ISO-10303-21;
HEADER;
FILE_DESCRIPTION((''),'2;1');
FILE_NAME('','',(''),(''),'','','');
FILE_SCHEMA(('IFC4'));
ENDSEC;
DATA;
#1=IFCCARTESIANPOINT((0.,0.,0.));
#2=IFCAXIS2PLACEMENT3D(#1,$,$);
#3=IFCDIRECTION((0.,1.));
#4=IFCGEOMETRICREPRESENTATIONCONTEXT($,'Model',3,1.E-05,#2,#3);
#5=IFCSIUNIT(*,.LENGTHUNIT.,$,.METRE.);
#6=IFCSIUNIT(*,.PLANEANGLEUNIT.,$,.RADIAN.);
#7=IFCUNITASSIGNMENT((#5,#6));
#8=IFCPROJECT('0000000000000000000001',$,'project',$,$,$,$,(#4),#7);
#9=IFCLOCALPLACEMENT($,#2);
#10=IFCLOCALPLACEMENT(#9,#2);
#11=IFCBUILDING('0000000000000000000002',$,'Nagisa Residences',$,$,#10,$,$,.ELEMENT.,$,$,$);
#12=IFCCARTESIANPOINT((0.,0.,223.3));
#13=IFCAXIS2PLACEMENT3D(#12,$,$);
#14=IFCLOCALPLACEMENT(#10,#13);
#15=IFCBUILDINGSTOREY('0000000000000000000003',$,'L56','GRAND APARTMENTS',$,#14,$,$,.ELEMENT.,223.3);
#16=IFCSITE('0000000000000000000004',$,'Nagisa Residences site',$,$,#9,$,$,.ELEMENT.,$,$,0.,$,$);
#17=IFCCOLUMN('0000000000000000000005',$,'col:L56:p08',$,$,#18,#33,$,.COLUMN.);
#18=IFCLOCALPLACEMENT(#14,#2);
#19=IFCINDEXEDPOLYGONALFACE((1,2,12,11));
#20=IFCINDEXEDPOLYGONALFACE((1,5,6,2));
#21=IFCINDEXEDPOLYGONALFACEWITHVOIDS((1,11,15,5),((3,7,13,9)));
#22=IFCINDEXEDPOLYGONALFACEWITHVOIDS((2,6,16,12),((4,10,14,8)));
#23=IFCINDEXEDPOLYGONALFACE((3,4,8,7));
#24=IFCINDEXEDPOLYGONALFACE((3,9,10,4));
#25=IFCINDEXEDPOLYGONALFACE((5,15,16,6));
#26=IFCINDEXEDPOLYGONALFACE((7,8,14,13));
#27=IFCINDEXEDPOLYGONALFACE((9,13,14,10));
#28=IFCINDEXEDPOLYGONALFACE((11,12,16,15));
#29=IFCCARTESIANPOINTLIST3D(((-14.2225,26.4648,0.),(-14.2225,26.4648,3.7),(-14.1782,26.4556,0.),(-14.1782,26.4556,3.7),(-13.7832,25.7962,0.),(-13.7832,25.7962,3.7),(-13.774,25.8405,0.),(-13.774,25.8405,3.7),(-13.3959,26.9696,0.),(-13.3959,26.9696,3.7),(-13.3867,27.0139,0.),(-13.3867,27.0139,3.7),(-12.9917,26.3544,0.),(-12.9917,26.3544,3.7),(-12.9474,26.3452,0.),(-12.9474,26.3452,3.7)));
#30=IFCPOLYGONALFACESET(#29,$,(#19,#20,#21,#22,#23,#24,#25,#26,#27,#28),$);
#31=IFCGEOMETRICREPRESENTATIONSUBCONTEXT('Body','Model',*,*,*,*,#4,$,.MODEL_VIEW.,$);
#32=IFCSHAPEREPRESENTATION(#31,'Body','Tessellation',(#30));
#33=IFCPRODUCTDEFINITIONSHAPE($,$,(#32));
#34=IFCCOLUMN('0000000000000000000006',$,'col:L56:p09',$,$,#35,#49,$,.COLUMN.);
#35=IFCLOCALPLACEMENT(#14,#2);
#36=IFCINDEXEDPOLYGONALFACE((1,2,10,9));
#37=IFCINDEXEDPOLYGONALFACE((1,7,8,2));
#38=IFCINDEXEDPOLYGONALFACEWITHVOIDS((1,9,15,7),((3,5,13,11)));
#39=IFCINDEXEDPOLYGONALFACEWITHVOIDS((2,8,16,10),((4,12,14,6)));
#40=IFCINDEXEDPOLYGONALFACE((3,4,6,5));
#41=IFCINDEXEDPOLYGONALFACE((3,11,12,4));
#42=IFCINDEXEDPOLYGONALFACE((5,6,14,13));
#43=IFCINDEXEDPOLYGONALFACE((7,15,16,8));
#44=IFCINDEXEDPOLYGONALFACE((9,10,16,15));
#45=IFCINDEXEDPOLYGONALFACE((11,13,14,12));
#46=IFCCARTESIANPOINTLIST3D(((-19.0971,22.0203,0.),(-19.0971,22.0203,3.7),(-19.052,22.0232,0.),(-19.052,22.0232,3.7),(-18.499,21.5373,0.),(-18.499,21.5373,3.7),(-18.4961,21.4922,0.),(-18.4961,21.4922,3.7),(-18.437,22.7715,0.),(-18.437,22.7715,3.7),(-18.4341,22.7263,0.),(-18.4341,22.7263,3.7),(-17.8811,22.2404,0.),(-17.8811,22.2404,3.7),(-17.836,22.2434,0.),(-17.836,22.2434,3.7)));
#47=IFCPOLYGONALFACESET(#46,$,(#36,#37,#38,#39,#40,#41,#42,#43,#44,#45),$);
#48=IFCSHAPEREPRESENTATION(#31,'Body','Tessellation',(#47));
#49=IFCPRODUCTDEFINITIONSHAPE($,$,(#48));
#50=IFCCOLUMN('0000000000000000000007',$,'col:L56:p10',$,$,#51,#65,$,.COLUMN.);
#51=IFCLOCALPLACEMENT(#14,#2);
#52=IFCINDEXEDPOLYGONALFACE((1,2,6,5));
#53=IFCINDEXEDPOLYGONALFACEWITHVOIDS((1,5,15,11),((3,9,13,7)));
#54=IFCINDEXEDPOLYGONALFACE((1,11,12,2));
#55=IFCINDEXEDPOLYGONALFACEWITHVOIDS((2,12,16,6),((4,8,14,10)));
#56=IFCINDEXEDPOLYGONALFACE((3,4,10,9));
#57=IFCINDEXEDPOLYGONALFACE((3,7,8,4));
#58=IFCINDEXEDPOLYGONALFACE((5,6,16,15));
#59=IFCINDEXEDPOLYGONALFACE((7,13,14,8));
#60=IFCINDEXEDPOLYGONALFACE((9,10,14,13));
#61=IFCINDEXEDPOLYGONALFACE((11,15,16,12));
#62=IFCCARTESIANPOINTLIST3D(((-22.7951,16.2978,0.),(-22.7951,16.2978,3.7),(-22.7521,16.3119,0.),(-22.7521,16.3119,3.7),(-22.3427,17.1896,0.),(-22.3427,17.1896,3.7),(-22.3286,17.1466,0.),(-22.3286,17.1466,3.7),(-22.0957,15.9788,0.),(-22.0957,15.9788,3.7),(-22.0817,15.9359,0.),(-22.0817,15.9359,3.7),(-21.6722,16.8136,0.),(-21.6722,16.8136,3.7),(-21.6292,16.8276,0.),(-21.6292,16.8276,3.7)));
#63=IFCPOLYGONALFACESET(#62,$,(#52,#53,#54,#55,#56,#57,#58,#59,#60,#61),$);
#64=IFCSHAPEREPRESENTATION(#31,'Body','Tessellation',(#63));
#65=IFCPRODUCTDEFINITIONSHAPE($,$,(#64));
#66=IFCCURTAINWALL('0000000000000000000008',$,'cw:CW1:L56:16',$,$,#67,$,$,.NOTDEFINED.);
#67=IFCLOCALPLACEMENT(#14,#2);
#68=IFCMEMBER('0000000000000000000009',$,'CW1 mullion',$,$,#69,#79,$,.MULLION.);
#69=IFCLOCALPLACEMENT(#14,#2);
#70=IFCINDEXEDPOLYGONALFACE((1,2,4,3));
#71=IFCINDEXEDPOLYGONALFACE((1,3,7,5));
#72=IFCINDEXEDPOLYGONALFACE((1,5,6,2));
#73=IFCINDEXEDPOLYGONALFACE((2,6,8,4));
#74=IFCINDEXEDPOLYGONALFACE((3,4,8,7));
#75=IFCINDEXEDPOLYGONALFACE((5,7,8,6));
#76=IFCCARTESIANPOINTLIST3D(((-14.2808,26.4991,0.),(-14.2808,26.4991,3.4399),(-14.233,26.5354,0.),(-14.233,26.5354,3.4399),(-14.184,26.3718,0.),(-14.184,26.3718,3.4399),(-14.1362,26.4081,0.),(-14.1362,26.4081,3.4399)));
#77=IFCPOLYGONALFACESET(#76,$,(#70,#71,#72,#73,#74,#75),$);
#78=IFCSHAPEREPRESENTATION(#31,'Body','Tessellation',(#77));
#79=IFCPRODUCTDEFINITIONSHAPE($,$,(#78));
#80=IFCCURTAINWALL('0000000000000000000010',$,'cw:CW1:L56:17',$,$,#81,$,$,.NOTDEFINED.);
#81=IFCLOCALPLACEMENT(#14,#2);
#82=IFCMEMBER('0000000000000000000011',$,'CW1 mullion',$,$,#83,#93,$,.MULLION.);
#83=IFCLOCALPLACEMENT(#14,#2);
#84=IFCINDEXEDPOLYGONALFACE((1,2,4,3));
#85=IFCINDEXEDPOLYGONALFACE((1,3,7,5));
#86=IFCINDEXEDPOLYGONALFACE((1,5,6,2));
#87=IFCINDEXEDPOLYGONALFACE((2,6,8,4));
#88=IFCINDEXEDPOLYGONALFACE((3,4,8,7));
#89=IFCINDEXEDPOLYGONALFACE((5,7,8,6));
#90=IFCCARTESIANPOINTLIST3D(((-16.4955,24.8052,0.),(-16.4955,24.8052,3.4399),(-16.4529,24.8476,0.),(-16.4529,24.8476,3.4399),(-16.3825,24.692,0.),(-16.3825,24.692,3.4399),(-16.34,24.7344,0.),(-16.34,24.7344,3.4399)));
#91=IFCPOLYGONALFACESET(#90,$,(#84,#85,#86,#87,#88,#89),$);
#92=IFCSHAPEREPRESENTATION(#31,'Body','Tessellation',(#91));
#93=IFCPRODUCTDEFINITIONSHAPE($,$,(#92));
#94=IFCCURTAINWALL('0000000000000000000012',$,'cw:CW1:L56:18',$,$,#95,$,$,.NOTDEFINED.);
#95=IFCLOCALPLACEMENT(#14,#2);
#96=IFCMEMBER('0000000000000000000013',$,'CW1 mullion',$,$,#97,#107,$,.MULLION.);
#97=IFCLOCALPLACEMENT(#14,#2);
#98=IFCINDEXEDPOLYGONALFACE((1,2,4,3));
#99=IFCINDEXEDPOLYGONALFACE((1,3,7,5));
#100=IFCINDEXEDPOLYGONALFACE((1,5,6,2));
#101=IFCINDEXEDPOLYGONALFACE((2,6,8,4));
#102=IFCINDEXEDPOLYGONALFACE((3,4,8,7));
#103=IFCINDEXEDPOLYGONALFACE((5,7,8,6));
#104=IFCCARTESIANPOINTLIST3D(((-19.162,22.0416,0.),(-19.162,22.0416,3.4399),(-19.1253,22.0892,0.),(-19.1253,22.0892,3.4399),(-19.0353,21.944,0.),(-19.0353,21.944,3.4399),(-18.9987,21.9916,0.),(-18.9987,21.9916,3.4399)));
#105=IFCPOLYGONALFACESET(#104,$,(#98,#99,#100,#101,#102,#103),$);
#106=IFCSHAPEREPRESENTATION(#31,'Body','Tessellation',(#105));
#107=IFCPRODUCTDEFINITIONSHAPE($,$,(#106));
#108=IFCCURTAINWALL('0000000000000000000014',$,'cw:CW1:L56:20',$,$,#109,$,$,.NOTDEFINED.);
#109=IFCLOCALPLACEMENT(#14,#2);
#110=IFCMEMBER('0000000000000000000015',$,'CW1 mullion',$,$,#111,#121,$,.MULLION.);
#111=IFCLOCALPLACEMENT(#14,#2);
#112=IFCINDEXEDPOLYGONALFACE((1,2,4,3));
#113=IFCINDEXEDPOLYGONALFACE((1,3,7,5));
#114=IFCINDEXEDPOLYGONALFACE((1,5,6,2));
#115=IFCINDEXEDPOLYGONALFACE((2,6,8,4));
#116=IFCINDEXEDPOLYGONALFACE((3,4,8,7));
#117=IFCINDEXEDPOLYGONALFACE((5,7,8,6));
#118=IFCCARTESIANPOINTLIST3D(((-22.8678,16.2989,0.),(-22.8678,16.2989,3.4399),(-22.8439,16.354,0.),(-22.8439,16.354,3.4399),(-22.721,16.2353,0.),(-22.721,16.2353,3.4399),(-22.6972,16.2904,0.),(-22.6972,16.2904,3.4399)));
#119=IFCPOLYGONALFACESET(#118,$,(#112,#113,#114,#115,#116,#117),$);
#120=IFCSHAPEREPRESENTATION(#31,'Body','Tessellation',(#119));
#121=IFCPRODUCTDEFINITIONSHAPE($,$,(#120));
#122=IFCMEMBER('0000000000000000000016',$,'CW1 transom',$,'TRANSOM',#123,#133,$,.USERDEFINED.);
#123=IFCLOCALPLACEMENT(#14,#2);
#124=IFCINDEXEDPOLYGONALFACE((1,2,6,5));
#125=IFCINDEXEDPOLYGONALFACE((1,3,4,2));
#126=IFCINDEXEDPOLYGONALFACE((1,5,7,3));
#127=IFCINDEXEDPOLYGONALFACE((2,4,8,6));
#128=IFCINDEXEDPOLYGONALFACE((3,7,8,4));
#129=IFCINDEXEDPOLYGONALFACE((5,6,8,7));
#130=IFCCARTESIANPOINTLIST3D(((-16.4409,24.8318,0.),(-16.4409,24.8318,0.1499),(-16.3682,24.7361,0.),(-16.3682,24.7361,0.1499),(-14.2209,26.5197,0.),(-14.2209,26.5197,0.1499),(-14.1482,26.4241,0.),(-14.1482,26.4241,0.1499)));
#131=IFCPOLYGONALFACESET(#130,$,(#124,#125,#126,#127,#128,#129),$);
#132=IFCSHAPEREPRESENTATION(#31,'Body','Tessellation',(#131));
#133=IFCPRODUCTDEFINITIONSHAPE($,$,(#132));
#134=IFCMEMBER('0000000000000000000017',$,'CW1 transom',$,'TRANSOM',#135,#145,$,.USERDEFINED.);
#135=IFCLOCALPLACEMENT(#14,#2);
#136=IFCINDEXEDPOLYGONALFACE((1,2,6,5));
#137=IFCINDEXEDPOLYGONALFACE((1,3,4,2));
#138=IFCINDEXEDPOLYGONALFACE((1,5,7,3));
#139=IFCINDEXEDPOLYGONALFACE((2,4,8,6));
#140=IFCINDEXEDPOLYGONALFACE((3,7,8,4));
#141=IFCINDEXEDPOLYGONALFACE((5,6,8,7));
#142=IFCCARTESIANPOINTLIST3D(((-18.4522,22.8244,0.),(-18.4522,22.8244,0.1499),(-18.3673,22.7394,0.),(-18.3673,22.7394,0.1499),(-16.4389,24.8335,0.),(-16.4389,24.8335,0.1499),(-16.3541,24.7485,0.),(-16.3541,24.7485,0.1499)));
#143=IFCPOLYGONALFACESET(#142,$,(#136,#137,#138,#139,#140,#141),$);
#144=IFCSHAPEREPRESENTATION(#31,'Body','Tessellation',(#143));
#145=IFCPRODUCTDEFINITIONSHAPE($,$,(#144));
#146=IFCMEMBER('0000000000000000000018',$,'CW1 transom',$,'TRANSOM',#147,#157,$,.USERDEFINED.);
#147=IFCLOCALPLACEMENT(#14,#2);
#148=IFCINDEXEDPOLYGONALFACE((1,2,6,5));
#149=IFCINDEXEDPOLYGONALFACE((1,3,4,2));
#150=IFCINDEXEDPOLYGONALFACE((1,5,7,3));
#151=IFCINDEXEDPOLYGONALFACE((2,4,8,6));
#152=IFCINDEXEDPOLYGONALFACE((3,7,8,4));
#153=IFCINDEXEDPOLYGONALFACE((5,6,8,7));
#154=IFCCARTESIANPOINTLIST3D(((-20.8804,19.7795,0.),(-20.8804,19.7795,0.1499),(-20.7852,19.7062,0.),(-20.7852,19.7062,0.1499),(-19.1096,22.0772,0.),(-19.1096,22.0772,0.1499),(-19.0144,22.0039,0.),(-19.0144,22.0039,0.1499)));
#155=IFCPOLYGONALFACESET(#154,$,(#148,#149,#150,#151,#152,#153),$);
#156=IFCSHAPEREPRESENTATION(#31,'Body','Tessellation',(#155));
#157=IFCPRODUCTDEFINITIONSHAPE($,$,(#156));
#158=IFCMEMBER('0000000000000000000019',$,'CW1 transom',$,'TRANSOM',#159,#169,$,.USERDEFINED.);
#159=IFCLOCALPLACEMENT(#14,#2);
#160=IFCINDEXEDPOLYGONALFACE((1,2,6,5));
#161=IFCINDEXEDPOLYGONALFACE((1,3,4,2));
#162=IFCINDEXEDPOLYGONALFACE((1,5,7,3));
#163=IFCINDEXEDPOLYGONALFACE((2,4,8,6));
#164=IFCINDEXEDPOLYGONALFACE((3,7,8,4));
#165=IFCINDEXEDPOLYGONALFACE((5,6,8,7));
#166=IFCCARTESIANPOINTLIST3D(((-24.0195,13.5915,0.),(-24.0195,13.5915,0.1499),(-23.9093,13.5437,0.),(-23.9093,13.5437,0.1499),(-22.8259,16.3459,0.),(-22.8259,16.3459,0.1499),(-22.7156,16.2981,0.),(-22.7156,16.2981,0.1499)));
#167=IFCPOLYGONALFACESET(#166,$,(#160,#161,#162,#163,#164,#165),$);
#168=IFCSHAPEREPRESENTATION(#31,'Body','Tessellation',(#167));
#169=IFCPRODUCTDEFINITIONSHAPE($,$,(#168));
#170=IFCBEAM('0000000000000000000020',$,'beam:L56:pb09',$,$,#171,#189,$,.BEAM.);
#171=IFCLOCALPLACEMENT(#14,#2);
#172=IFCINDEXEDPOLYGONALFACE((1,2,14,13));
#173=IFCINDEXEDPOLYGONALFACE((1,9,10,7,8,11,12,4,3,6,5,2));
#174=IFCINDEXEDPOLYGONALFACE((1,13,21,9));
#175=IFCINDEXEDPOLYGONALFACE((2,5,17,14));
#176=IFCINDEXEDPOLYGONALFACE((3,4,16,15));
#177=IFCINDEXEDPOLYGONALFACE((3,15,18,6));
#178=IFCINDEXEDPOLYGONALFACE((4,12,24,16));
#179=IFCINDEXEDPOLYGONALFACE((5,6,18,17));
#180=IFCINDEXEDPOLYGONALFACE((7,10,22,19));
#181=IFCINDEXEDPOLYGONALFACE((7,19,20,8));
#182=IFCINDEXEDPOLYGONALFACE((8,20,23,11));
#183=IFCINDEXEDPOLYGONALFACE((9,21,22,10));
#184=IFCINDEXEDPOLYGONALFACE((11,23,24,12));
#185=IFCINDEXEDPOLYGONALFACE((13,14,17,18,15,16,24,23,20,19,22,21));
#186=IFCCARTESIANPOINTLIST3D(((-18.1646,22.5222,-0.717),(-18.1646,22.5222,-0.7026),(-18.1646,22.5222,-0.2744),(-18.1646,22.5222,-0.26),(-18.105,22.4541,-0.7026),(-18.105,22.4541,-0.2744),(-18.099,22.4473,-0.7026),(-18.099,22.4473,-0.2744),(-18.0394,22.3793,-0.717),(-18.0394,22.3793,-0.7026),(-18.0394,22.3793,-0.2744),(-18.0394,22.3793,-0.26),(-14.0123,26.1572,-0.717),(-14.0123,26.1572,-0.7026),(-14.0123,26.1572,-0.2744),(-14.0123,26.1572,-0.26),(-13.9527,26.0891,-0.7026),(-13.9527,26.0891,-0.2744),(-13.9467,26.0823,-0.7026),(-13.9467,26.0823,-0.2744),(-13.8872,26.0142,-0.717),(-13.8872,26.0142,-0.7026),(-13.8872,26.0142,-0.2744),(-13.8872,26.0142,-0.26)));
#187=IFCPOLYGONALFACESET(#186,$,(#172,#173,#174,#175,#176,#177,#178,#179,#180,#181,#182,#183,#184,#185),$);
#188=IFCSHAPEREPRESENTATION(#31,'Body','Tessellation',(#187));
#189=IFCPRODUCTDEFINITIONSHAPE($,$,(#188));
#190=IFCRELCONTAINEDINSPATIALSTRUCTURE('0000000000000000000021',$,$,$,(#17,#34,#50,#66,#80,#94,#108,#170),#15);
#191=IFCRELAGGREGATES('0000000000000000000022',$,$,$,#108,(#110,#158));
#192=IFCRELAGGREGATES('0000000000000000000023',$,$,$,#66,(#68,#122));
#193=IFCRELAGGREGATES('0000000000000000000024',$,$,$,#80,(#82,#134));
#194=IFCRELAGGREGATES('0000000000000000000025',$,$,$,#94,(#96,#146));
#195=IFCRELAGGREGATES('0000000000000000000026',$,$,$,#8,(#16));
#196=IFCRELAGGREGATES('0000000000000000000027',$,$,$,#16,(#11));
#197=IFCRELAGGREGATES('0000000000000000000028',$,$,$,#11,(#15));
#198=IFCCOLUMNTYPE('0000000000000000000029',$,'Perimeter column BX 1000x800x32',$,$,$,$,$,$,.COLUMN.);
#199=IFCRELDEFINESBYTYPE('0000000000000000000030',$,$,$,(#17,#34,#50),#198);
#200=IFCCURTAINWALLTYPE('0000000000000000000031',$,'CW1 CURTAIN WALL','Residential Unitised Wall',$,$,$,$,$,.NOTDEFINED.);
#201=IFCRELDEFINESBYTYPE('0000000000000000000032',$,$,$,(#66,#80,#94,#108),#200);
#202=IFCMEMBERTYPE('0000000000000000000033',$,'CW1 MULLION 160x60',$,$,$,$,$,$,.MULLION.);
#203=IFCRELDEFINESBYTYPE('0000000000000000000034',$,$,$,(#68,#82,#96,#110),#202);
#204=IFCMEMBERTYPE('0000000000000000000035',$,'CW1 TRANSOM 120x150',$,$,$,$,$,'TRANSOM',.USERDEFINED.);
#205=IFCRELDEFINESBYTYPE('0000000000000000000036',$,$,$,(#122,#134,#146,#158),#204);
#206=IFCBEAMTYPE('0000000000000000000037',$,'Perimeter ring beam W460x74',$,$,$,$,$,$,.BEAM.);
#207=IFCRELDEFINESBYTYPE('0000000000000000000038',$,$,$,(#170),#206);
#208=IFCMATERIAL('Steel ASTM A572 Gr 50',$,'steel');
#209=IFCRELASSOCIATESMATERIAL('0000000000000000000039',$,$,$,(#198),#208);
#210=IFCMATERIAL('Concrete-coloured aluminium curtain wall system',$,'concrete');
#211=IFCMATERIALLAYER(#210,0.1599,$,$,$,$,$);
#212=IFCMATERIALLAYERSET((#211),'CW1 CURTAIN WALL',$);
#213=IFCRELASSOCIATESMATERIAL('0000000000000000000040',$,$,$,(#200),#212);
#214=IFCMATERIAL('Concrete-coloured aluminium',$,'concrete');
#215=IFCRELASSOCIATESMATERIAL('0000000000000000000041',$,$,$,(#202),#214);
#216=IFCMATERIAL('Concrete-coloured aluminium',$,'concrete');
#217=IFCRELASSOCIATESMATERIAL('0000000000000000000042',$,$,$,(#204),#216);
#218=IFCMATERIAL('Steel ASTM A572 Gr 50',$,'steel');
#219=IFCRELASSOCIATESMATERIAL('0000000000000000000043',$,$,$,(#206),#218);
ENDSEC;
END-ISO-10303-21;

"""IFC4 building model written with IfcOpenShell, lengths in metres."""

from ifc_helpers import new_model, si_unit, direction, frame, origin, origin_2d, place, context, subcontext, project, spatial, rectangle, hollow_rectangle, i_section, extrude, material, layer, layer_set, material_profile, profile_set, type_object, element, aggregate, save


model = new_model("IFC4")

# Units and contexts
model_context = context("Model", 3, precision=1e-05, world=origin(), true_north=direction((0.0, 1.0)))
body_context = subcontext(model_context, "Body", "Model", "MODEL_VIEW")
ifc_project = project(units=[si_unit("LENGTHUNIT", "METRE"), si_unit("PLANEANGLEUNIT", "RADIAN")], contexts=[model_context])

# Site, building, storey
site_placement = place(None, origin())
site = spatial("IfcSite", under=ifc_project, at=site_placement, Name="Nagisa Residences site", CompositionType="ELEMENT", RefElevation=0.0)
building_placement = place(site_placement, origin())
building = spatial("IfcBuilding", under=site, at=building_placement, Name="Nagisa Residences", CompositionType="ELEMENT")
storey_placement = place(building_placement, frame((0.0, 0.0, 223.3)))
storey = spatial("IfcBuildingStorey", under=building, at=storey_placement, Name="L56", Description="GRAND APARTMENTS", CompositionType="ELEMENT", Elevation=223.3)

# Columns
ifc_material_1 = material(Name="Steel ASTM A572 Gr 50", Category="steel")
ifc_material_profile_1 = material_profile(ifc_material_1, hollow_rectangle(XDim=1.0, YDim=0.8, WallThickness=0.032, at=origin_2d()), Name="BX 1000x800x32")
ifc_profile_set_1 = profile_set([ifc_material_profile_1], Name="Steel ASTM A572 Gr 50")
column_type = type_object("IfcColumnType", Name="Perimeter column BX 1000x800x32", PredefinedType="COLUMN", material=ifc_profile_set_1)
for number, where, z_axis, x_axis, name in (
    (1, (-13.585, 26.405, 0.0), (0.0, 0.0, 1.0), (-0.835766, -0.549086, 0.0), "col:L56:p08"),
    (2, (-18.4666, 22.1318, 0.0), (0.0, 0.0, 1.0), (-0.660115, -0.751165, 0.0), "col:L56:p09"),
    (3, (-22.2122, 16.5627, 0.0), (0.0, 0.0, 1.0), (-0.452463, -0.891783, 0.0), "col:L56:p10"),
):
    element("IfcColumn", number, at=place(storey_placement, frame(where, z_axis=z_axis, x_axis=x_axis)), inside=storey, type_object=column_type, Name=name, PredefinedType="COLUMN", context=body_context, shape_type="SweptSolid", body=[
        extrude(hollow_rectangle(XDim=1.0, YDim=0.8, WallThickness=0.032, at=origin_2d()), origin(), (0.0, 0.0, 1.0), 3.7),
    ])

# Curtain walls, members
ifc_material_2 = material(Name="Concrete-coloured aluminium curtain wall system", Category="concrete")
ifc_layer_1 = layer(ifc_material_2, 0.1599)
ifc_layer_set_1 = layer_set([ifc_layer_1], Name="CW1 CURTAIN WALL")
curtain_wall_type = type_object("IfcCurtainWallType", Name="CW1 CURTAIN WALL", Description="Residential Unitised Wall", PredefinedType="NOTDEFINED", material=ifc_layer_set_1)
curtain_wall_1_placement = place(storey_placement, origin())
curtain_wall_1 = element("IfcCurtainWall", 4, at=curtain_wall_1_placement, inside=storey, type_object=curtain_wall_type, Name="cw:CW1:L56:16", PredefinedType="NOTDEFINED")
ifc_material_3 = material(Name="Concrete-coloured aluminium", Category="concrete")
ifc_material_profile_2 = material_profile(ifc_material_3, rectangle(XDim=0.1599, YDim=0.0601, at=origin_2d()), Name="CW1 MULLION 160x60")
ifc_profile_set_2 = profile_set([ifc_material_profile_2], Name="Concrete-coloured aluminium")
member_type_1 = type_object("IfcMemberType", Name="CW1 MULLION 160x60", PredefinedType="MULLION", material=ifc_profile_set_2)
member_1_placement = place(storey_placement, frame((-14.2085, 26.4536, 0.0), z_axis=(0.0, 0.0, 1.0), x_axis=(0.605255, -0.796031, 0.0)))
member_1 = element("IfcMember", 5, at=member_1_placement, type_object=member_type_1, Name="CW1 mullion", PredefinedType="MULLION", context=body_context, shape_type="SweptSolid", body=[
    extrude(rectangle(XDim=0.1599, YDim=0.0601, at=origin_2d()), origin(), (0.0, 0.0, 1.0), 3.4399),
])
curtain_wall_2_placement = place(storey_placement, origin())
curtain_wall_2 = element("IfcCurtainWall", 6, at=curtain_wall_2_placement, inside=storey, type_object=curtain_wall_type, Name="cw:CW1:L56:17", PredefinedType="NOTDEFINED")
member_2_placement = place(storey_placement, frame((-16.4177, 24.7698, 0.0), z_axis=(0.0, 0.0, 1.0), x_axis=(0.706377, -0.707836, 0.0)))
member_2 = element("IfcMember", 7, at=member_2_placement, type_object=member_type_1, Name="CW1 mullion", PredefinedType="MULLION", context=body_context, shape_type="SweptSolid", body=[
    extrude(rectangle(XDim=0.1599, YDim=0.0601, at=origin_2d()), origin(), (0.0, 0.0, 1.0), 3.4399),
])
curtain_wall_3_placement = place(storey_placement, origin())
curtain_wall_3 = element("IfcCurtainWall", 8, at=curtain_wall_3_placement, inside=storey, type_object=curtain_wall_type, Name="cw:CW1:L56:18", PredefinedType="NOTDEFINED")
member_3_placement = place(storey_placement, frame((-19.0803, 22.0166, 0.0), z_axis=(0.0, 0.0, 1.0), x_axis=(0.79207, -0.61043, 0.0)))
member_3 = element("IfcMember", 9, at=member_3_placement, type_object=member_type_1, Name="CW1 mullion", PredefinedType="MULLION", context=body_context, shape_type="SweptSolid", body=[
    extrude(rectangle(XDim=0.1599, YDim=0.0601, at=origin_2d()), origin(), (0.0, 0.0, 1.0), 3.4399),
])
curtain_wall_4_placement = place(storey_placement, origin())
curtain_wall_4 = element("IfcCurtainWall", 10, at=curtain_wall_4_placement, inside=storey, type_object=curtain_wall_type, Name="cw:CW1:L56:20", PredefinedType="NOTDEFINED")
member_4_placement = place(storey_placement, frame((-22.7825, 16.2947, 0.0), z_axis=(0.0, 0.0, 1.0), x_axis=(0.917543, -0.397636, 0.0)))
member_4 = element("IfcMember", 11, at=member_4_placement, type_object=member_type_1, Name="CW1 mullion", PredefinedType="MULLION", context=body_context, shape_type="SweptSolid", body=[
    extrude(rectangle(XDim=0.1599, YDim=0.0601, at=origin_2d()), origin(), (0.0, 0.0, 1.0), 3.4399),
])

# Members
ifc_material_4 = material(Name="Concrete-coloured aluminium", Category="concrete")
ifc_material_profile_3 = material_profile(ifc_material_4, rectangle(XDim=0.1201, YDim=0.1499, at=origin_2d()), Name="CW1 TRANSOM 120x150")
ifc_profile_set_3 = profile_set([ifc_material_profile_3], Name="Concrete-coloured aluminium")
member_type_2 = type_object("IfcMemberType", Name="CW1 TRANSOM 120x150", ElementType="TRANSOM", PredefinedType="USERDEFINED", material=ifc_profile_set_3)
member_5_placement = place(storey_placement, frame((-14.1846, 26.4719, 0.075), z_axis=(-0.796022, -0.605267, 0.0), x_axis=(0.605267, -0.796022, 0.0)))
member_5 = element("IfcMember", 12, at=member_5_placement, type_object=member_type_2, Name="CW1 transom", ObjectType="TRANSOM", PredefinedType="USERDEFINED", context=body_context, shape_type="SweptSolid", body=[
    extrude(rectangle(XDim=0.1201, YDim=0.1499, at=origin_2d()), origin(), (0.0, 0.0, 1.0), 2.7888),
])
member_6_placement = place(storey_placement, frame((-16.3965, 24.791, 0.075), z_axis=(-0.707836, -0.706377, 0.0), x_axis=(0.706377, -0.707836, 0.0)))
member_6 = element("IfcMember", 13, at=member_6_placement, type_object=member_type_2, Name="CW1 transom", ObjectType="TRANSOM", PredefinedType="USERDEFINED", context=body_context, shape_type="SweptSolid", body=[
    extrude(rectangle(XDim=0.1201, YDim=0.1499, at=origin_2d()), origin(), (0.0, 0.0, 1.0), 2.8442),
])
member_7_placement = place(storey_placement, frame((-19.062, 22.0405, 0.075), z_axis=(-0.610439, -0.792064, 0.0), x_axis=(0.792064, -0.610439, 0.0)))
member_7 = element("IfcMember", 14, at=member_7_placement, type_object=member_type_2, Name="CW1 transom", ObjectType="TRANSOM", PredefinedType="USERDEFINED", context=body_context, shape_type="SweptSolid", body=[
    extrude(rectangle(XDim=0.1201, YDim=0.1499, at=origin_2d()), origin(), (0.0, 0.0, 1.0), 2.9009),
])
member_8_placement = place(storey_placement, frame((-22.7708, 16.322, 0.075), z_axis=(-0.397617, -0.917552, 0.0), x_axis=(0.917552, -0.397617, 0.0)))
member_8 = element("IfcMember", 15, at=member_8_placement, type_object=member_type_2, Name="CW1 transom", ObjectType="TRANSOM", PredefinedType="USERDEFINED", context=body_context, shape_type="SweptSolid", body=[
    extrude(rectangle(XDim=0.1201, YDim=0.1499, at=origin_2d()), origin(), (0.0, 0.0, 1.0), 3.002),
])
aggregate(curtain_wall_4, [member_4, member_8])

# Beam
ifc_material_5 = material(Name="Steel ASTM A572 Gr 50", Category="steel")
ifc_material_profile_4 = material_profile(ifc_material_5, i_section(OverallWidth=0.1899, OverallDepth=0.457, WebThickness=0.009, FlangeThickness=0.0144, at=origin_2d()), Name="W460x74")
ifc_profile_set_4 = profile_set([ifc_material_profile_4], Name="Steel ASTM A572 Gr 50")
beam_type_1 = type_object("IfcBeamType", Name="Perimeter ring beam W460x74", PredefinedType="BEAM", material=ifc_profile_set_4)
beam_1_placement = place(storey_placement, frame((-13.9497, 26.0857, -0.4885), z_axis=(-0.752423, -0.65868, 0.0), x_axis=(0.65868, -0.752423, 0.0)))
element("IfcBeam", 16, at=beam_1_placement, inside=storey, type_object=beam_type_1, Name="beam:L56:pb09", PredefinedType="BEAM", context=body_context, shape_type="SweptSolid", body=[
    extrude(i_section(OverallWidth=0.1899, OverallDepth=0.457, WebThickness=0.009, FlangeThickness=0.0144, at=origin_2d()), origin(), (0.0, 0.0, 1.0), 5.5186),
])

aggregate(curtain_wall_1, [member_1, member_5])
aggregate(curtain_wall_2, [member_2, member_6])
aggregate(curtain_wall_3, [member_3, member_7])

save(model, "model.ifc")
